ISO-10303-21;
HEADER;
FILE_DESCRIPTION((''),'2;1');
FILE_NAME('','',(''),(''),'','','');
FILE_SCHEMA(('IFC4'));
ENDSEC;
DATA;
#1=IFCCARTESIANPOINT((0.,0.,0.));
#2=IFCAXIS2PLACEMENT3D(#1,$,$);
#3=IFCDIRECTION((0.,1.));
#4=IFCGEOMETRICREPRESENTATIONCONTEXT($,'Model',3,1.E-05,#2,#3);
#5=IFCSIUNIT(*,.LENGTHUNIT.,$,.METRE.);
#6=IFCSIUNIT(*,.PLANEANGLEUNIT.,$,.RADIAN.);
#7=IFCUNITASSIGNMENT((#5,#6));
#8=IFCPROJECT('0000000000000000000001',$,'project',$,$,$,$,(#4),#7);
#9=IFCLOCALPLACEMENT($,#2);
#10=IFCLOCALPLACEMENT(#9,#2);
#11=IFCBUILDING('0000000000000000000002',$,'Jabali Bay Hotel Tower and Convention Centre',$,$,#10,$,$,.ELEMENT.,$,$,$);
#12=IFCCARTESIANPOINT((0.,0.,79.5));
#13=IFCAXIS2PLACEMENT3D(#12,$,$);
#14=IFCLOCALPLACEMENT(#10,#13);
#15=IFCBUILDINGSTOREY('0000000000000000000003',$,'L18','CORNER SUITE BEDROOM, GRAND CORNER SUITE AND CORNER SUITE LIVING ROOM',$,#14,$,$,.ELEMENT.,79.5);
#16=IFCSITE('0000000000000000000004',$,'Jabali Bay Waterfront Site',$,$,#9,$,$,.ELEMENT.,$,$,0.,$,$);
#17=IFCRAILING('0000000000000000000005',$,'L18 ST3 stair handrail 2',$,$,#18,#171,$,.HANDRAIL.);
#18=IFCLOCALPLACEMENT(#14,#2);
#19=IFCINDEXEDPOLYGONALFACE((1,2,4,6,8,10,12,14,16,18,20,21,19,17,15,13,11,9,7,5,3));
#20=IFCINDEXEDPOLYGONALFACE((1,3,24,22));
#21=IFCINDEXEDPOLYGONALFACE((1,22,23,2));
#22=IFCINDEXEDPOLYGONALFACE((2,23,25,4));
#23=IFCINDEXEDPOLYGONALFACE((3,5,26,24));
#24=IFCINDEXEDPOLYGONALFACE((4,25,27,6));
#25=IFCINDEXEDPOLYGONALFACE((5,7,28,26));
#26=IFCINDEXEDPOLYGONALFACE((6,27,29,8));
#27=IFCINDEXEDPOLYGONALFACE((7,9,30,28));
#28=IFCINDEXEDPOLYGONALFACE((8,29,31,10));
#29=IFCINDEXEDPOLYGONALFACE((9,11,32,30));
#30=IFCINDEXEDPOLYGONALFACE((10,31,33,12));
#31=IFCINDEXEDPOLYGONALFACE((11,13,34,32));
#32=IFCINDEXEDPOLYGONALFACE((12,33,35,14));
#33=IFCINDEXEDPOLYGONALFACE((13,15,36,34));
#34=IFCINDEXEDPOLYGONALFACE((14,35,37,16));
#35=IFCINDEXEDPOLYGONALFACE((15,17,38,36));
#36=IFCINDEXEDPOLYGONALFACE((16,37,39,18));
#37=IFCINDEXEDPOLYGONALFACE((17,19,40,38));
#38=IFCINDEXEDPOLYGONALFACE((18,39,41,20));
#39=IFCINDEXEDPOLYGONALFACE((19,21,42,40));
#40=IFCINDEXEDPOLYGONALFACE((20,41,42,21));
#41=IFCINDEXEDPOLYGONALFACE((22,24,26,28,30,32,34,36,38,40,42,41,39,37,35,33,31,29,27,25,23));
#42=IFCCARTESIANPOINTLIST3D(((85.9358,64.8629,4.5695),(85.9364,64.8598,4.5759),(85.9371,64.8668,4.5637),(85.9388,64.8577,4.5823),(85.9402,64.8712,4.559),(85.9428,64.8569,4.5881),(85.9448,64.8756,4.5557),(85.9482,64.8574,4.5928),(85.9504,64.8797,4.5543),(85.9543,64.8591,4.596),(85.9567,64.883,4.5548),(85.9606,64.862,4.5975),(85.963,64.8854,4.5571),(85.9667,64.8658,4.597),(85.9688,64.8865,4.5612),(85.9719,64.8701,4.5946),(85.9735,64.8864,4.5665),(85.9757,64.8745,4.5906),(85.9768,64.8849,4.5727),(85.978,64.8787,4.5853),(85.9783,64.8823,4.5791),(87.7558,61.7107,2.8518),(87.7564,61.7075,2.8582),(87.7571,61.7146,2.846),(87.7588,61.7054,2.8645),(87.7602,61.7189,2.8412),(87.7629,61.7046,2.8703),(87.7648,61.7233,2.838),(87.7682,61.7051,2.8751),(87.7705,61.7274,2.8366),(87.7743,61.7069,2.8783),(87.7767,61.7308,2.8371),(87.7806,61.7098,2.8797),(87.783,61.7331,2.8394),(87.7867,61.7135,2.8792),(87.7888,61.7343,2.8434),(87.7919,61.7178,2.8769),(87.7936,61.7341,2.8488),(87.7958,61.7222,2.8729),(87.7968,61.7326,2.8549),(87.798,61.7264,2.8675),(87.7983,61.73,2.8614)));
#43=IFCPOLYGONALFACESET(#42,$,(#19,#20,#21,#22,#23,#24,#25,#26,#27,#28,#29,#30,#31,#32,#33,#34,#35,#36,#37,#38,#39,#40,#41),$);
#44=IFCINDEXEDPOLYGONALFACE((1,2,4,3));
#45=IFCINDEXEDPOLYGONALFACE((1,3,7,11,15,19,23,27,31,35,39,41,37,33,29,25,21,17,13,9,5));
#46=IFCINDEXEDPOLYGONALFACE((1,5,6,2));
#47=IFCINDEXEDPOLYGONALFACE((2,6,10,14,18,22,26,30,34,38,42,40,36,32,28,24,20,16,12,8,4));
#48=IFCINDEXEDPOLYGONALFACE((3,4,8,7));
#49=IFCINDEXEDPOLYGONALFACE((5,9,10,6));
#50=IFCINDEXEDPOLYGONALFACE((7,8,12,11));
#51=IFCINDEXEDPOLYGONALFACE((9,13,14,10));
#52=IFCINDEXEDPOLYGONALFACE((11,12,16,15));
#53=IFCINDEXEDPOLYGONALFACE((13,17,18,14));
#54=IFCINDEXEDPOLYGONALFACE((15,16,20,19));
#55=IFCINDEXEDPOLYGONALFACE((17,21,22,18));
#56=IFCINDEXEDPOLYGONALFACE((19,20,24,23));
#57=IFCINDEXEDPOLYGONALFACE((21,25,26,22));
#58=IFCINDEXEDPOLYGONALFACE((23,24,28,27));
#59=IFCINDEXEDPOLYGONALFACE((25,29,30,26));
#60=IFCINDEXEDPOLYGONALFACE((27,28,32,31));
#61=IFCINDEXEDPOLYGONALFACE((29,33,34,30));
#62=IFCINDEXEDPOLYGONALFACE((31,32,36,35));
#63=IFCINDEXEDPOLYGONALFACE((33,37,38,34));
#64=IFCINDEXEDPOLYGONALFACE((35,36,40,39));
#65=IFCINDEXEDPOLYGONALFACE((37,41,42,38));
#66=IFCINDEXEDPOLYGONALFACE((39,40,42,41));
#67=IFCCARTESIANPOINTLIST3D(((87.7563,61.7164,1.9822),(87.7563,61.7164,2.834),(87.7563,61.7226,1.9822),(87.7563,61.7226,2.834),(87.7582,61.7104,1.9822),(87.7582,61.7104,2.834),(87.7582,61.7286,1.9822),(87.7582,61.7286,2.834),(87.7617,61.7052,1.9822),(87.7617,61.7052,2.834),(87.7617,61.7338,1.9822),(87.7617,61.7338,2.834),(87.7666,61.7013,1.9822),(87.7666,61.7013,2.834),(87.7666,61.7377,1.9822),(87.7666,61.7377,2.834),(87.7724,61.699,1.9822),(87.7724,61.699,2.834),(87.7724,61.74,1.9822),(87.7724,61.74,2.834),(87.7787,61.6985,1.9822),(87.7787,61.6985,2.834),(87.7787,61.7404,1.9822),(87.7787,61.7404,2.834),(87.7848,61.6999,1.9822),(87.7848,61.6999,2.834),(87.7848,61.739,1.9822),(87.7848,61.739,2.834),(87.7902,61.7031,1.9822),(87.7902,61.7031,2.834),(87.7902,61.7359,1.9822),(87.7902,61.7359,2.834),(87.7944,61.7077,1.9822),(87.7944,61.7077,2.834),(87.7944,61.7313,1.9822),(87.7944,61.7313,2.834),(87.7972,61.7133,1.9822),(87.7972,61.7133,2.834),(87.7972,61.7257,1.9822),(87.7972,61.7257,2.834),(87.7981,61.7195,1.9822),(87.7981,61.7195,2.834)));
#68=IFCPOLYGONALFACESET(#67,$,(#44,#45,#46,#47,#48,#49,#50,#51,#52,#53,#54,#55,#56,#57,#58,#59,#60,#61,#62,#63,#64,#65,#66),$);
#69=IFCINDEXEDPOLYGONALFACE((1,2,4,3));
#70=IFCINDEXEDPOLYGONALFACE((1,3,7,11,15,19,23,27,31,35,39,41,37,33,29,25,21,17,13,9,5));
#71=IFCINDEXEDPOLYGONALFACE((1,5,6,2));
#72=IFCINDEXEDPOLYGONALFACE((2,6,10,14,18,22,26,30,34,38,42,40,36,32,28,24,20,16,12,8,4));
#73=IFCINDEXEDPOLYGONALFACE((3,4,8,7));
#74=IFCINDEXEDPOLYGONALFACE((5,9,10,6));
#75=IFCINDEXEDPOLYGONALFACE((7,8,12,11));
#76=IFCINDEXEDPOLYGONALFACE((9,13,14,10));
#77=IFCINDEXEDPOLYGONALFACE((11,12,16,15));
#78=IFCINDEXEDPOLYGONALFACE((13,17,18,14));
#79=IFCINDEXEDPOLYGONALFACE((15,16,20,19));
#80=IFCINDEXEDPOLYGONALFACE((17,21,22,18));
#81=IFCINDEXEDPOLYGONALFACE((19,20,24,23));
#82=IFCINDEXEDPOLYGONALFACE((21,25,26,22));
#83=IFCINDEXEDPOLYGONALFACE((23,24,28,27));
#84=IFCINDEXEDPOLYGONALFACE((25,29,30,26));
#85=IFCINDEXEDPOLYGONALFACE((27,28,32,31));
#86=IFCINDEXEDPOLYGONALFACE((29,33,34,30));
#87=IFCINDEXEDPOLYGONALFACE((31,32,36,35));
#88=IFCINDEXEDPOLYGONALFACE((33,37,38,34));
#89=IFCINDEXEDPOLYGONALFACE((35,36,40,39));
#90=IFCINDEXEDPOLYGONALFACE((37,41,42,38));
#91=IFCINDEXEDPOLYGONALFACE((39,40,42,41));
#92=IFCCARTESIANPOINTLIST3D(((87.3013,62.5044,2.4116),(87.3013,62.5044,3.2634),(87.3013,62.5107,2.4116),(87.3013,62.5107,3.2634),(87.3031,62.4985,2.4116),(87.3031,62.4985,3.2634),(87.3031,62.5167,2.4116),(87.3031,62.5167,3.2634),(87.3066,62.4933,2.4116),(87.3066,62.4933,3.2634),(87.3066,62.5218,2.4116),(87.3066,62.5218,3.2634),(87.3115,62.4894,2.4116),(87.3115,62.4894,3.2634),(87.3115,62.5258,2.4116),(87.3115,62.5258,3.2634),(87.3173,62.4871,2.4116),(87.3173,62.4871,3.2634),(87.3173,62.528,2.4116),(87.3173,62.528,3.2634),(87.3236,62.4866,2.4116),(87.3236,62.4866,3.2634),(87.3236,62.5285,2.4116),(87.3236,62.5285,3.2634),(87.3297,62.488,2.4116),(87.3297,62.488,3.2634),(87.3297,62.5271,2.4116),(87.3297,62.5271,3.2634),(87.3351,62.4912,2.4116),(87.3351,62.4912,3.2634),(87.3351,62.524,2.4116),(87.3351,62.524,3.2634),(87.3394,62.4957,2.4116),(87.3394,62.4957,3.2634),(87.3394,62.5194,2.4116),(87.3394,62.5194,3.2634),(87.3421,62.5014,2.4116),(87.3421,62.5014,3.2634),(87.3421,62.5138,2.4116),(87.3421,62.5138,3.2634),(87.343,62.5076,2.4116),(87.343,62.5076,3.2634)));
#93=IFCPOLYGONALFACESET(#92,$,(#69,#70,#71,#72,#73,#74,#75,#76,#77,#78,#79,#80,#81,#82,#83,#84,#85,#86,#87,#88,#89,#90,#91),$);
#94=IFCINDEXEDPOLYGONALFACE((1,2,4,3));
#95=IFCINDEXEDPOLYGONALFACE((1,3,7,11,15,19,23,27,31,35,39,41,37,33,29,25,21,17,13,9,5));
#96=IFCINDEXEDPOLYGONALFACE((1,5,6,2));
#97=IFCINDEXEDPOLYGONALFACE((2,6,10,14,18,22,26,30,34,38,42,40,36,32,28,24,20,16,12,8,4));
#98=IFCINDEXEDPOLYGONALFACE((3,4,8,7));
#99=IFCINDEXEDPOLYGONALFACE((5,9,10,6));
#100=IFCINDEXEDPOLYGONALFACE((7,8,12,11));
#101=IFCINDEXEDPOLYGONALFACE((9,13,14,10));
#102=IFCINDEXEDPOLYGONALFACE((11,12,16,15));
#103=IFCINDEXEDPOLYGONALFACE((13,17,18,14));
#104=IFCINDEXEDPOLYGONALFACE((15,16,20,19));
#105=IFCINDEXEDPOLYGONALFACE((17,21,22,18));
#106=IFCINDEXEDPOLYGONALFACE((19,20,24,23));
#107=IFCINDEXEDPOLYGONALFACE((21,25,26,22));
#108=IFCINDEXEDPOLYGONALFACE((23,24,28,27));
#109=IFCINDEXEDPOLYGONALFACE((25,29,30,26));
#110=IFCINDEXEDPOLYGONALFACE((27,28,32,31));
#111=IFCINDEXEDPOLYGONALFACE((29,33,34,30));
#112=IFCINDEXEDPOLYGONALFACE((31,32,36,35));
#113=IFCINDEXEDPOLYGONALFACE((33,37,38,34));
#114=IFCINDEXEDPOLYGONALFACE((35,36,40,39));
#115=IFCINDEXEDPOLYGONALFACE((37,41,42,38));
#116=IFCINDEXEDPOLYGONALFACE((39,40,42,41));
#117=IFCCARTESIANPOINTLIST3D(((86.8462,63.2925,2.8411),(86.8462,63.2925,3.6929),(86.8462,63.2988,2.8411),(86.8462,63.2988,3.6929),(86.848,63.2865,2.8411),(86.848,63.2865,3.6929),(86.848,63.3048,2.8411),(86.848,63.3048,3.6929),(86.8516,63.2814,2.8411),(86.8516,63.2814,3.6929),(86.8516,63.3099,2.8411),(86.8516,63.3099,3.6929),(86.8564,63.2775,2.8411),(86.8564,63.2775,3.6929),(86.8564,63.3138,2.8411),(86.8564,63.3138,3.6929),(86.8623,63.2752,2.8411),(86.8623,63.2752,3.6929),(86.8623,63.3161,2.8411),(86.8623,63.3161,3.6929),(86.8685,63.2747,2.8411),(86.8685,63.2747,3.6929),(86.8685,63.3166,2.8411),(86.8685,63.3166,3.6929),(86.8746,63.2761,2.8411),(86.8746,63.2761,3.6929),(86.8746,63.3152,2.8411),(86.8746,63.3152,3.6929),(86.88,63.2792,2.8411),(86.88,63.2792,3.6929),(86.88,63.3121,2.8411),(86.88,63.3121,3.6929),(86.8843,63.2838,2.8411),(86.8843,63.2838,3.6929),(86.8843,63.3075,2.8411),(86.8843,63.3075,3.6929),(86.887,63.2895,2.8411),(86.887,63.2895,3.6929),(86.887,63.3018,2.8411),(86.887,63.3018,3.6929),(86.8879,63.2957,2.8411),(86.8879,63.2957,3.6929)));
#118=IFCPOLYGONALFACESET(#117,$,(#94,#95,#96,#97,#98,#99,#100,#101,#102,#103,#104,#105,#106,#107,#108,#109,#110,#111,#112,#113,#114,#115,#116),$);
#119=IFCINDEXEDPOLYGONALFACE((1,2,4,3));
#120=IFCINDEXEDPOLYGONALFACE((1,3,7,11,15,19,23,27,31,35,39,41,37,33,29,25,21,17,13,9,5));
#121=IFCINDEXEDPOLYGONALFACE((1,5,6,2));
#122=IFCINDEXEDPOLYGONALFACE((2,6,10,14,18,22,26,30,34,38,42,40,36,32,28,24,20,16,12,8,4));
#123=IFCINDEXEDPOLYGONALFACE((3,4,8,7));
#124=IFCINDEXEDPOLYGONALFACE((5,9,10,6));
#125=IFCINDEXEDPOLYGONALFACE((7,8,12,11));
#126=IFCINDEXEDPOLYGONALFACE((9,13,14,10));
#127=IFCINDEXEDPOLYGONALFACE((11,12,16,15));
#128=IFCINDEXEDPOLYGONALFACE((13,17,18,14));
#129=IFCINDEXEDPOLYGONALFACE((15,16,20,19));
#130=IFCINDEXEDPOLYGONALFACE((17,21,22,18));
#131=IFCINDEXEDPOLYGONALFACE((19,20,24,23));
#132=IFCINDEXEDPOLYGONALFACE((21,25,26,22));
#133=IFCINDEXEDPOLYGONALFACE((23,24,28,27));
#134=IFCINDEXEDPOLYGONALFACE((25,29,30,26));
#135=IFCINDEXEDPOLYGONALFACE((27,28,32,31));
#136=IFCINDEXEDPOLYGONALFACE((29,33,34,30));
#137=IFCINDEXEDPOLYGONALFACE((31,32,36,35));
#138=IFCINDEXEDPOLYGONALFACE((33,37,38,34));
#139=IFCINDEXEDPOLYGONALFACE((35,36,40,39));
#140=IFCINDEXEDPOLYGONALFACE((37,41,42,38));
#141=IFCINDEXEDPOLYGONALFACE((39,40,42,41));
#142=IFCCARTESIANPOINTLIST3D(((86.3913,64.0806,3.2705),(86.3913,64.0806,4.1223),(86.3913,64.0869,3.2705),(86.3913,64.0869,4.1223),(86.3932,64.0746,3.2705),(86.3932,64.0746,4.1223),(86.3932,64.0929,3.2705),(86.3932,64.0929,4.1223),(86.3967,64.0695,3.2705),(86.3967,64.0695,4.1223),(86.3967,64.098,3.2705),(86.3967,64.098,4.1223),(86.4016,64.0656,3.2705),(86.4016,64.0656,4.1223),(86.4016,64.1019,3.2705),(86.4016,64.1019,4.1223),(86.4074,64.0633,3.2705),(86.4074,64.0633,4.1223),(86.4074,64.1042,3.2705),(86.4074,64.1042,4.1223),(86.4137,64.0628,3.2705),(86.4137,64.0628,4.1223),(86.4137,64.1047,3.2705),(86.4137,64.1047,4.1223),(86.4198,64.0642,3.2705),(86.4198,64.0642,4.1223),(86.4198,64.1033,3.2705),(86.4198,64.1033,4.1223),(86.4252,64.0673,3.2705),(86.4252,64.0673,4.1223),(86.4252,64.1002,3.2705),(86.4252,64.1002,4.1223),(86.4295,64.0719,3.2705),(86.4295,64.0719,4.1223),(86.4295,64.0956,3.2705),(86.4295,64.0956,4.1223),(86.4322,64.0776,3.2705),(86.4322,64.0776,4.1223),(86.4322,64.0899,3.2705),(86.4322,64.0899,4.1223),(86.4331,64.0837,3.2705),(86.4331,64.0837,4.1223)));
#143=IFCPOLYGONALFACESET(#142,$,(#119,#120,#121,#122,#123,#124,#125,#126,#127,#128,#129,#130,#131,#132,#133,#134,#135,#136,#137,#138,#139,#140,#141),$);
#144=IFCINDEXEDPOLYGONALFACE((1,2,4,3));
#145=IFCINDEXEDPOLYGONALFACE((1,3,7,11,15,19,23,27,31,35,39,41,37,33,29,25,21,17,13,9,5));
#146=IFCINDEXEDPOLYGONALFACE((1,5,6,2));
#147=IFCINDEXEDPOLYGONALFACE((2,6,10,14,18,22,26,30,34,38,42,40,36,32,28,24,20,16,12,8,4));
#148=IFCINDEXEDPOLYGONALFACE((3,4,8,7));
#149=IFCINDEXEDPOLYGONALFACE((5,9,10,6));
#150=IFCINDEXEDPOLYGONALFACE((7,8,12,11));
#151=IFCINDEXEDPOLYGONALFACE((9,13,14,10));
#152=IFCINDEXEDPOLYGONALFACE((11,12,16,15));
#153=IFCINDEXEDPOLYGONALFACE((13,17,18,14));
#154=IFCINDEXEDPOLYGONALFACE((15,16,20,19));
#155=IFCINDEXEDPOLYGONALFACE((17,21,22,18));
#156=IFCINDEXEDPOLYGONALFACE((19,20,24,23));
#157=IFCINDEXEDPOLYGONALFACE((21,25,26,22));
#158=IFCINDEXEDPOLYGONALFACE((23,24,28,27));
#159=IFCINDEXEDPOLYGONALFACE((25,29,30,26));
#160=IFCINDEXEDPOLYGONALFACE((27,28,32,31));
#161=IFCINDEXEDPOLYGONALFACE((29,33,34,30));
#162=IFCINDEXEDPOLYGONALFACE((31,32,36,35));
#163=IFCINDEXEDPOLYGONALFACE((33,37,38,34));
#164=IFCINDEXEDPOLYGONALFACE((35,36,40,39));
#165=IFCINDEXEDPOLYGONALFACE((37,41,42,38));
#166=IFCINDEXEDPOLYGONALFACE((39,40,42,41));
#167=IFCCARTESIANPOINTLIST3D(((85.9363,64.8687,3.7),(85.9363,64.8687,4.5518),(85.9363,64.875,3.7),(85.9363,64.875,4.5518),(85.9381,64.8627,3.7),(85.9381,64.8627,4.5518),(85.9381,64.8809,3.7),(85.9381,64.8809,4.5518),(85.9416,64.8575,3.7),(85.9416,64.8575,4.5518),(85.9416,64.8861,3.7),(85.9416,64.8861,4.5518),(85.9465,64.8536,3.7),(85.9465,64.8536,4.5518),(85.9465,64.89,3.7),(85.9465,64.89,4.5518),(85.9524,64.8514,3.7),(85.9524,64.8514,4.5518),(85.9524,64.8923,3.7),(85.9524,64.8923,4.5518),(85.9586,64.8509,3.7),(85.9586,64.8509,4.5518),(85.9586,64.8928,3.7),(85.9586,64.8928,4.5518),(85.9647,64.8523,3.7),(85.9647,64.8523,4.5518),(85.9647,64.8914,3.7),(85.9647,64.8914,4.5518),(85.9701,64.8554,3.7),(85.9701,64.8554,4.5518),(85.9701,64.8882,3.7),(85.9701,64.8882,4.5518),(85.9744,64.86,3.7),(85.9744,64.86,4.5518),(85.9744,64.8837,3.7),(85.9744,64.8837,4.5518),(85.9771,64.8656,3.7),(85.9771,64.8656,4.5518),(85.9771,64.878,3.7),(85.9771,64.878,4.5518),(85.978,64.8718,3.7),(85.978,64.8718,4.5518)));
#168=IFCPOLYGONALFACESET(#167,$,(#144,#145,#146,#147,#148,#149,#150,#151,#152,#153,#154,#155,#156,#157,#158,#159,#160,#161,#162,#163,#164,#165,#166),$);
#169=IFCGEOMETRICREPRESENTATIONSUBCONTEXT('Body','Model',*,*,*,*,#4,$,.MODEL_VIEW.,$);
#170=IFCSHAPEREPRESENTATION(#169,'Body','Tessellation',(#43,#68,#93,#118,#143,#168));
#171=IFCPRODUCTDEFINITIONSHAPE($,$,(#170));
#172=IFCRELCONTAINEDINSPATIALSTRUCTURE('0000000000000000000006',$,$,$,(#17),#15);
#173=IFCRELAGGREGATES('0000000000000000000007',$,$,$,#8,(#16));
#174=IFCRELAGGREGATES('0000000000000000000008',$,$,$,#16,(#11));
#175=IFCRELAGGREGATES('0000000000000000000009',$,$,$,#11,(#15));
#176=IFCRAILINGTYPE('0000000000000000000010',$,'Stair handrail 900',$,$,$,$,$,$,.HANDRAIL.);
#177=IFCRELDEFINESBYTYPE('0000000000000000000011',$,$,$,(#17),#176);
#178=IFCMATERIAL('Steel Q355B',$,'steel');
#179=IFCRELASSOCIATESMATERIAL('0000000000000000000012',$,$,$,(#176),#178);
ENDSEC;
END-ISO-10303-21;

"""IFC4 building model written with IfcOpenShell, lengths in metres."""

from ifc_helpers import new_model, si_unit, direction, frame, origin, origin_2d, place, context, subcontext, project, spatial, circle, extrude, material, type_object, element, save


model = new_model("IFC4")

# Units and contexts
model_context = context("Model", 3, precision=1e-05, world=origin(), true_north=direction((0.0, 1.0)))
body_context = subcontext(model_context, "Body", "Model", "MODEL_VIEW")
ifc_project = project(units=[si_unit("LENGTHUNIT", "METRE"), si_unit("PLANEANGLEUNIT", "RADIAN")], contexts=[model_context])

# Site, building, storey
site_placement = place(None, origin())
site = spatial("IfcSite", under=ifc_project, at=site_placement, Name="Jabali Bay Waterfront Site", CompositionType="ELEMENT", RefElevation=0.0)
building_placement = place(site_placement, origin())
building = spatial("IfcBuilding", under=site, at=building_placement, Name="Jabali Bay Hotel Tower and Convention Centre", CompositionType="ELEMENT")
storey_placement = place(building_placement, frame((0.0, 0.0, 79.5)))
storey = spatial("IfcBuildingStorey", under=building, at=storey_placement, Name="L18", Description="CORNER SUITE BEDROOM, GRAND CORNER SUITE AND CORNER SUITE LIVING ROOM", CompositionType="ELEMENT", Elevation=79.5)

# Railing
ifc_material_1 = material(Name="Steel Q355B", Category="steel")
railing_type_1 = type_object("IfcRailingType", Name="Stair handrail 900", PredefinedType="HANDRAIL", material=ifc_material_1)
railing_1_placement = place(storey_placement, frame((87.7771, 61.7195, 1.9822)))
element("IfcRailing", 1, at=railing_1_placement, inside=storey, type_object=railing_type_1, Name="L18 ST3 stair handrail 2", PredefinedType="HANDRAIL", context=body_context, shape_type="SweptSolid", body=[
    extrude(circle(Radius=0.0239, at=origin_2d()), frame((0.0, 0.0, 0.876), z_axis=(-0.45219, 0.78319, 0.426775), x_axis=(-0.866018, -0.500013, 0.0)), (0.0, 0.0, 1.0), 4.0249),
    extrude(circle(Radius=0.021, at=origin_2d()), origin(), (0.0, 0.0, 1.0), 0.8518),
    extrude(circle(Radius=0.021, at=origin_2d()), frame((-0.4551, 0.7881, 0.4294)), (0.0, 0.0, 1.0), 0.8518),
    extrude(circle(Radius=0.021, at=origin_2d()), frame((-0.9102, 1.5762, 0.8589)), (0.0, 0.0, 1.0), 0.8518),
    extrude(circle(Radius=0.021, at=origin_2d()), frame((-1.365, 2.3643, 1.2883)), (0.0, 0.0, 1.0), 0.8518),
    extrude(circle(Radius=0.021, at=origin_2d()), frame((-1.8201, 3.1523, 1.7178)), (0.0, 0.0, 1.0), 0.8518),
])

save(model, "model.ifc")
